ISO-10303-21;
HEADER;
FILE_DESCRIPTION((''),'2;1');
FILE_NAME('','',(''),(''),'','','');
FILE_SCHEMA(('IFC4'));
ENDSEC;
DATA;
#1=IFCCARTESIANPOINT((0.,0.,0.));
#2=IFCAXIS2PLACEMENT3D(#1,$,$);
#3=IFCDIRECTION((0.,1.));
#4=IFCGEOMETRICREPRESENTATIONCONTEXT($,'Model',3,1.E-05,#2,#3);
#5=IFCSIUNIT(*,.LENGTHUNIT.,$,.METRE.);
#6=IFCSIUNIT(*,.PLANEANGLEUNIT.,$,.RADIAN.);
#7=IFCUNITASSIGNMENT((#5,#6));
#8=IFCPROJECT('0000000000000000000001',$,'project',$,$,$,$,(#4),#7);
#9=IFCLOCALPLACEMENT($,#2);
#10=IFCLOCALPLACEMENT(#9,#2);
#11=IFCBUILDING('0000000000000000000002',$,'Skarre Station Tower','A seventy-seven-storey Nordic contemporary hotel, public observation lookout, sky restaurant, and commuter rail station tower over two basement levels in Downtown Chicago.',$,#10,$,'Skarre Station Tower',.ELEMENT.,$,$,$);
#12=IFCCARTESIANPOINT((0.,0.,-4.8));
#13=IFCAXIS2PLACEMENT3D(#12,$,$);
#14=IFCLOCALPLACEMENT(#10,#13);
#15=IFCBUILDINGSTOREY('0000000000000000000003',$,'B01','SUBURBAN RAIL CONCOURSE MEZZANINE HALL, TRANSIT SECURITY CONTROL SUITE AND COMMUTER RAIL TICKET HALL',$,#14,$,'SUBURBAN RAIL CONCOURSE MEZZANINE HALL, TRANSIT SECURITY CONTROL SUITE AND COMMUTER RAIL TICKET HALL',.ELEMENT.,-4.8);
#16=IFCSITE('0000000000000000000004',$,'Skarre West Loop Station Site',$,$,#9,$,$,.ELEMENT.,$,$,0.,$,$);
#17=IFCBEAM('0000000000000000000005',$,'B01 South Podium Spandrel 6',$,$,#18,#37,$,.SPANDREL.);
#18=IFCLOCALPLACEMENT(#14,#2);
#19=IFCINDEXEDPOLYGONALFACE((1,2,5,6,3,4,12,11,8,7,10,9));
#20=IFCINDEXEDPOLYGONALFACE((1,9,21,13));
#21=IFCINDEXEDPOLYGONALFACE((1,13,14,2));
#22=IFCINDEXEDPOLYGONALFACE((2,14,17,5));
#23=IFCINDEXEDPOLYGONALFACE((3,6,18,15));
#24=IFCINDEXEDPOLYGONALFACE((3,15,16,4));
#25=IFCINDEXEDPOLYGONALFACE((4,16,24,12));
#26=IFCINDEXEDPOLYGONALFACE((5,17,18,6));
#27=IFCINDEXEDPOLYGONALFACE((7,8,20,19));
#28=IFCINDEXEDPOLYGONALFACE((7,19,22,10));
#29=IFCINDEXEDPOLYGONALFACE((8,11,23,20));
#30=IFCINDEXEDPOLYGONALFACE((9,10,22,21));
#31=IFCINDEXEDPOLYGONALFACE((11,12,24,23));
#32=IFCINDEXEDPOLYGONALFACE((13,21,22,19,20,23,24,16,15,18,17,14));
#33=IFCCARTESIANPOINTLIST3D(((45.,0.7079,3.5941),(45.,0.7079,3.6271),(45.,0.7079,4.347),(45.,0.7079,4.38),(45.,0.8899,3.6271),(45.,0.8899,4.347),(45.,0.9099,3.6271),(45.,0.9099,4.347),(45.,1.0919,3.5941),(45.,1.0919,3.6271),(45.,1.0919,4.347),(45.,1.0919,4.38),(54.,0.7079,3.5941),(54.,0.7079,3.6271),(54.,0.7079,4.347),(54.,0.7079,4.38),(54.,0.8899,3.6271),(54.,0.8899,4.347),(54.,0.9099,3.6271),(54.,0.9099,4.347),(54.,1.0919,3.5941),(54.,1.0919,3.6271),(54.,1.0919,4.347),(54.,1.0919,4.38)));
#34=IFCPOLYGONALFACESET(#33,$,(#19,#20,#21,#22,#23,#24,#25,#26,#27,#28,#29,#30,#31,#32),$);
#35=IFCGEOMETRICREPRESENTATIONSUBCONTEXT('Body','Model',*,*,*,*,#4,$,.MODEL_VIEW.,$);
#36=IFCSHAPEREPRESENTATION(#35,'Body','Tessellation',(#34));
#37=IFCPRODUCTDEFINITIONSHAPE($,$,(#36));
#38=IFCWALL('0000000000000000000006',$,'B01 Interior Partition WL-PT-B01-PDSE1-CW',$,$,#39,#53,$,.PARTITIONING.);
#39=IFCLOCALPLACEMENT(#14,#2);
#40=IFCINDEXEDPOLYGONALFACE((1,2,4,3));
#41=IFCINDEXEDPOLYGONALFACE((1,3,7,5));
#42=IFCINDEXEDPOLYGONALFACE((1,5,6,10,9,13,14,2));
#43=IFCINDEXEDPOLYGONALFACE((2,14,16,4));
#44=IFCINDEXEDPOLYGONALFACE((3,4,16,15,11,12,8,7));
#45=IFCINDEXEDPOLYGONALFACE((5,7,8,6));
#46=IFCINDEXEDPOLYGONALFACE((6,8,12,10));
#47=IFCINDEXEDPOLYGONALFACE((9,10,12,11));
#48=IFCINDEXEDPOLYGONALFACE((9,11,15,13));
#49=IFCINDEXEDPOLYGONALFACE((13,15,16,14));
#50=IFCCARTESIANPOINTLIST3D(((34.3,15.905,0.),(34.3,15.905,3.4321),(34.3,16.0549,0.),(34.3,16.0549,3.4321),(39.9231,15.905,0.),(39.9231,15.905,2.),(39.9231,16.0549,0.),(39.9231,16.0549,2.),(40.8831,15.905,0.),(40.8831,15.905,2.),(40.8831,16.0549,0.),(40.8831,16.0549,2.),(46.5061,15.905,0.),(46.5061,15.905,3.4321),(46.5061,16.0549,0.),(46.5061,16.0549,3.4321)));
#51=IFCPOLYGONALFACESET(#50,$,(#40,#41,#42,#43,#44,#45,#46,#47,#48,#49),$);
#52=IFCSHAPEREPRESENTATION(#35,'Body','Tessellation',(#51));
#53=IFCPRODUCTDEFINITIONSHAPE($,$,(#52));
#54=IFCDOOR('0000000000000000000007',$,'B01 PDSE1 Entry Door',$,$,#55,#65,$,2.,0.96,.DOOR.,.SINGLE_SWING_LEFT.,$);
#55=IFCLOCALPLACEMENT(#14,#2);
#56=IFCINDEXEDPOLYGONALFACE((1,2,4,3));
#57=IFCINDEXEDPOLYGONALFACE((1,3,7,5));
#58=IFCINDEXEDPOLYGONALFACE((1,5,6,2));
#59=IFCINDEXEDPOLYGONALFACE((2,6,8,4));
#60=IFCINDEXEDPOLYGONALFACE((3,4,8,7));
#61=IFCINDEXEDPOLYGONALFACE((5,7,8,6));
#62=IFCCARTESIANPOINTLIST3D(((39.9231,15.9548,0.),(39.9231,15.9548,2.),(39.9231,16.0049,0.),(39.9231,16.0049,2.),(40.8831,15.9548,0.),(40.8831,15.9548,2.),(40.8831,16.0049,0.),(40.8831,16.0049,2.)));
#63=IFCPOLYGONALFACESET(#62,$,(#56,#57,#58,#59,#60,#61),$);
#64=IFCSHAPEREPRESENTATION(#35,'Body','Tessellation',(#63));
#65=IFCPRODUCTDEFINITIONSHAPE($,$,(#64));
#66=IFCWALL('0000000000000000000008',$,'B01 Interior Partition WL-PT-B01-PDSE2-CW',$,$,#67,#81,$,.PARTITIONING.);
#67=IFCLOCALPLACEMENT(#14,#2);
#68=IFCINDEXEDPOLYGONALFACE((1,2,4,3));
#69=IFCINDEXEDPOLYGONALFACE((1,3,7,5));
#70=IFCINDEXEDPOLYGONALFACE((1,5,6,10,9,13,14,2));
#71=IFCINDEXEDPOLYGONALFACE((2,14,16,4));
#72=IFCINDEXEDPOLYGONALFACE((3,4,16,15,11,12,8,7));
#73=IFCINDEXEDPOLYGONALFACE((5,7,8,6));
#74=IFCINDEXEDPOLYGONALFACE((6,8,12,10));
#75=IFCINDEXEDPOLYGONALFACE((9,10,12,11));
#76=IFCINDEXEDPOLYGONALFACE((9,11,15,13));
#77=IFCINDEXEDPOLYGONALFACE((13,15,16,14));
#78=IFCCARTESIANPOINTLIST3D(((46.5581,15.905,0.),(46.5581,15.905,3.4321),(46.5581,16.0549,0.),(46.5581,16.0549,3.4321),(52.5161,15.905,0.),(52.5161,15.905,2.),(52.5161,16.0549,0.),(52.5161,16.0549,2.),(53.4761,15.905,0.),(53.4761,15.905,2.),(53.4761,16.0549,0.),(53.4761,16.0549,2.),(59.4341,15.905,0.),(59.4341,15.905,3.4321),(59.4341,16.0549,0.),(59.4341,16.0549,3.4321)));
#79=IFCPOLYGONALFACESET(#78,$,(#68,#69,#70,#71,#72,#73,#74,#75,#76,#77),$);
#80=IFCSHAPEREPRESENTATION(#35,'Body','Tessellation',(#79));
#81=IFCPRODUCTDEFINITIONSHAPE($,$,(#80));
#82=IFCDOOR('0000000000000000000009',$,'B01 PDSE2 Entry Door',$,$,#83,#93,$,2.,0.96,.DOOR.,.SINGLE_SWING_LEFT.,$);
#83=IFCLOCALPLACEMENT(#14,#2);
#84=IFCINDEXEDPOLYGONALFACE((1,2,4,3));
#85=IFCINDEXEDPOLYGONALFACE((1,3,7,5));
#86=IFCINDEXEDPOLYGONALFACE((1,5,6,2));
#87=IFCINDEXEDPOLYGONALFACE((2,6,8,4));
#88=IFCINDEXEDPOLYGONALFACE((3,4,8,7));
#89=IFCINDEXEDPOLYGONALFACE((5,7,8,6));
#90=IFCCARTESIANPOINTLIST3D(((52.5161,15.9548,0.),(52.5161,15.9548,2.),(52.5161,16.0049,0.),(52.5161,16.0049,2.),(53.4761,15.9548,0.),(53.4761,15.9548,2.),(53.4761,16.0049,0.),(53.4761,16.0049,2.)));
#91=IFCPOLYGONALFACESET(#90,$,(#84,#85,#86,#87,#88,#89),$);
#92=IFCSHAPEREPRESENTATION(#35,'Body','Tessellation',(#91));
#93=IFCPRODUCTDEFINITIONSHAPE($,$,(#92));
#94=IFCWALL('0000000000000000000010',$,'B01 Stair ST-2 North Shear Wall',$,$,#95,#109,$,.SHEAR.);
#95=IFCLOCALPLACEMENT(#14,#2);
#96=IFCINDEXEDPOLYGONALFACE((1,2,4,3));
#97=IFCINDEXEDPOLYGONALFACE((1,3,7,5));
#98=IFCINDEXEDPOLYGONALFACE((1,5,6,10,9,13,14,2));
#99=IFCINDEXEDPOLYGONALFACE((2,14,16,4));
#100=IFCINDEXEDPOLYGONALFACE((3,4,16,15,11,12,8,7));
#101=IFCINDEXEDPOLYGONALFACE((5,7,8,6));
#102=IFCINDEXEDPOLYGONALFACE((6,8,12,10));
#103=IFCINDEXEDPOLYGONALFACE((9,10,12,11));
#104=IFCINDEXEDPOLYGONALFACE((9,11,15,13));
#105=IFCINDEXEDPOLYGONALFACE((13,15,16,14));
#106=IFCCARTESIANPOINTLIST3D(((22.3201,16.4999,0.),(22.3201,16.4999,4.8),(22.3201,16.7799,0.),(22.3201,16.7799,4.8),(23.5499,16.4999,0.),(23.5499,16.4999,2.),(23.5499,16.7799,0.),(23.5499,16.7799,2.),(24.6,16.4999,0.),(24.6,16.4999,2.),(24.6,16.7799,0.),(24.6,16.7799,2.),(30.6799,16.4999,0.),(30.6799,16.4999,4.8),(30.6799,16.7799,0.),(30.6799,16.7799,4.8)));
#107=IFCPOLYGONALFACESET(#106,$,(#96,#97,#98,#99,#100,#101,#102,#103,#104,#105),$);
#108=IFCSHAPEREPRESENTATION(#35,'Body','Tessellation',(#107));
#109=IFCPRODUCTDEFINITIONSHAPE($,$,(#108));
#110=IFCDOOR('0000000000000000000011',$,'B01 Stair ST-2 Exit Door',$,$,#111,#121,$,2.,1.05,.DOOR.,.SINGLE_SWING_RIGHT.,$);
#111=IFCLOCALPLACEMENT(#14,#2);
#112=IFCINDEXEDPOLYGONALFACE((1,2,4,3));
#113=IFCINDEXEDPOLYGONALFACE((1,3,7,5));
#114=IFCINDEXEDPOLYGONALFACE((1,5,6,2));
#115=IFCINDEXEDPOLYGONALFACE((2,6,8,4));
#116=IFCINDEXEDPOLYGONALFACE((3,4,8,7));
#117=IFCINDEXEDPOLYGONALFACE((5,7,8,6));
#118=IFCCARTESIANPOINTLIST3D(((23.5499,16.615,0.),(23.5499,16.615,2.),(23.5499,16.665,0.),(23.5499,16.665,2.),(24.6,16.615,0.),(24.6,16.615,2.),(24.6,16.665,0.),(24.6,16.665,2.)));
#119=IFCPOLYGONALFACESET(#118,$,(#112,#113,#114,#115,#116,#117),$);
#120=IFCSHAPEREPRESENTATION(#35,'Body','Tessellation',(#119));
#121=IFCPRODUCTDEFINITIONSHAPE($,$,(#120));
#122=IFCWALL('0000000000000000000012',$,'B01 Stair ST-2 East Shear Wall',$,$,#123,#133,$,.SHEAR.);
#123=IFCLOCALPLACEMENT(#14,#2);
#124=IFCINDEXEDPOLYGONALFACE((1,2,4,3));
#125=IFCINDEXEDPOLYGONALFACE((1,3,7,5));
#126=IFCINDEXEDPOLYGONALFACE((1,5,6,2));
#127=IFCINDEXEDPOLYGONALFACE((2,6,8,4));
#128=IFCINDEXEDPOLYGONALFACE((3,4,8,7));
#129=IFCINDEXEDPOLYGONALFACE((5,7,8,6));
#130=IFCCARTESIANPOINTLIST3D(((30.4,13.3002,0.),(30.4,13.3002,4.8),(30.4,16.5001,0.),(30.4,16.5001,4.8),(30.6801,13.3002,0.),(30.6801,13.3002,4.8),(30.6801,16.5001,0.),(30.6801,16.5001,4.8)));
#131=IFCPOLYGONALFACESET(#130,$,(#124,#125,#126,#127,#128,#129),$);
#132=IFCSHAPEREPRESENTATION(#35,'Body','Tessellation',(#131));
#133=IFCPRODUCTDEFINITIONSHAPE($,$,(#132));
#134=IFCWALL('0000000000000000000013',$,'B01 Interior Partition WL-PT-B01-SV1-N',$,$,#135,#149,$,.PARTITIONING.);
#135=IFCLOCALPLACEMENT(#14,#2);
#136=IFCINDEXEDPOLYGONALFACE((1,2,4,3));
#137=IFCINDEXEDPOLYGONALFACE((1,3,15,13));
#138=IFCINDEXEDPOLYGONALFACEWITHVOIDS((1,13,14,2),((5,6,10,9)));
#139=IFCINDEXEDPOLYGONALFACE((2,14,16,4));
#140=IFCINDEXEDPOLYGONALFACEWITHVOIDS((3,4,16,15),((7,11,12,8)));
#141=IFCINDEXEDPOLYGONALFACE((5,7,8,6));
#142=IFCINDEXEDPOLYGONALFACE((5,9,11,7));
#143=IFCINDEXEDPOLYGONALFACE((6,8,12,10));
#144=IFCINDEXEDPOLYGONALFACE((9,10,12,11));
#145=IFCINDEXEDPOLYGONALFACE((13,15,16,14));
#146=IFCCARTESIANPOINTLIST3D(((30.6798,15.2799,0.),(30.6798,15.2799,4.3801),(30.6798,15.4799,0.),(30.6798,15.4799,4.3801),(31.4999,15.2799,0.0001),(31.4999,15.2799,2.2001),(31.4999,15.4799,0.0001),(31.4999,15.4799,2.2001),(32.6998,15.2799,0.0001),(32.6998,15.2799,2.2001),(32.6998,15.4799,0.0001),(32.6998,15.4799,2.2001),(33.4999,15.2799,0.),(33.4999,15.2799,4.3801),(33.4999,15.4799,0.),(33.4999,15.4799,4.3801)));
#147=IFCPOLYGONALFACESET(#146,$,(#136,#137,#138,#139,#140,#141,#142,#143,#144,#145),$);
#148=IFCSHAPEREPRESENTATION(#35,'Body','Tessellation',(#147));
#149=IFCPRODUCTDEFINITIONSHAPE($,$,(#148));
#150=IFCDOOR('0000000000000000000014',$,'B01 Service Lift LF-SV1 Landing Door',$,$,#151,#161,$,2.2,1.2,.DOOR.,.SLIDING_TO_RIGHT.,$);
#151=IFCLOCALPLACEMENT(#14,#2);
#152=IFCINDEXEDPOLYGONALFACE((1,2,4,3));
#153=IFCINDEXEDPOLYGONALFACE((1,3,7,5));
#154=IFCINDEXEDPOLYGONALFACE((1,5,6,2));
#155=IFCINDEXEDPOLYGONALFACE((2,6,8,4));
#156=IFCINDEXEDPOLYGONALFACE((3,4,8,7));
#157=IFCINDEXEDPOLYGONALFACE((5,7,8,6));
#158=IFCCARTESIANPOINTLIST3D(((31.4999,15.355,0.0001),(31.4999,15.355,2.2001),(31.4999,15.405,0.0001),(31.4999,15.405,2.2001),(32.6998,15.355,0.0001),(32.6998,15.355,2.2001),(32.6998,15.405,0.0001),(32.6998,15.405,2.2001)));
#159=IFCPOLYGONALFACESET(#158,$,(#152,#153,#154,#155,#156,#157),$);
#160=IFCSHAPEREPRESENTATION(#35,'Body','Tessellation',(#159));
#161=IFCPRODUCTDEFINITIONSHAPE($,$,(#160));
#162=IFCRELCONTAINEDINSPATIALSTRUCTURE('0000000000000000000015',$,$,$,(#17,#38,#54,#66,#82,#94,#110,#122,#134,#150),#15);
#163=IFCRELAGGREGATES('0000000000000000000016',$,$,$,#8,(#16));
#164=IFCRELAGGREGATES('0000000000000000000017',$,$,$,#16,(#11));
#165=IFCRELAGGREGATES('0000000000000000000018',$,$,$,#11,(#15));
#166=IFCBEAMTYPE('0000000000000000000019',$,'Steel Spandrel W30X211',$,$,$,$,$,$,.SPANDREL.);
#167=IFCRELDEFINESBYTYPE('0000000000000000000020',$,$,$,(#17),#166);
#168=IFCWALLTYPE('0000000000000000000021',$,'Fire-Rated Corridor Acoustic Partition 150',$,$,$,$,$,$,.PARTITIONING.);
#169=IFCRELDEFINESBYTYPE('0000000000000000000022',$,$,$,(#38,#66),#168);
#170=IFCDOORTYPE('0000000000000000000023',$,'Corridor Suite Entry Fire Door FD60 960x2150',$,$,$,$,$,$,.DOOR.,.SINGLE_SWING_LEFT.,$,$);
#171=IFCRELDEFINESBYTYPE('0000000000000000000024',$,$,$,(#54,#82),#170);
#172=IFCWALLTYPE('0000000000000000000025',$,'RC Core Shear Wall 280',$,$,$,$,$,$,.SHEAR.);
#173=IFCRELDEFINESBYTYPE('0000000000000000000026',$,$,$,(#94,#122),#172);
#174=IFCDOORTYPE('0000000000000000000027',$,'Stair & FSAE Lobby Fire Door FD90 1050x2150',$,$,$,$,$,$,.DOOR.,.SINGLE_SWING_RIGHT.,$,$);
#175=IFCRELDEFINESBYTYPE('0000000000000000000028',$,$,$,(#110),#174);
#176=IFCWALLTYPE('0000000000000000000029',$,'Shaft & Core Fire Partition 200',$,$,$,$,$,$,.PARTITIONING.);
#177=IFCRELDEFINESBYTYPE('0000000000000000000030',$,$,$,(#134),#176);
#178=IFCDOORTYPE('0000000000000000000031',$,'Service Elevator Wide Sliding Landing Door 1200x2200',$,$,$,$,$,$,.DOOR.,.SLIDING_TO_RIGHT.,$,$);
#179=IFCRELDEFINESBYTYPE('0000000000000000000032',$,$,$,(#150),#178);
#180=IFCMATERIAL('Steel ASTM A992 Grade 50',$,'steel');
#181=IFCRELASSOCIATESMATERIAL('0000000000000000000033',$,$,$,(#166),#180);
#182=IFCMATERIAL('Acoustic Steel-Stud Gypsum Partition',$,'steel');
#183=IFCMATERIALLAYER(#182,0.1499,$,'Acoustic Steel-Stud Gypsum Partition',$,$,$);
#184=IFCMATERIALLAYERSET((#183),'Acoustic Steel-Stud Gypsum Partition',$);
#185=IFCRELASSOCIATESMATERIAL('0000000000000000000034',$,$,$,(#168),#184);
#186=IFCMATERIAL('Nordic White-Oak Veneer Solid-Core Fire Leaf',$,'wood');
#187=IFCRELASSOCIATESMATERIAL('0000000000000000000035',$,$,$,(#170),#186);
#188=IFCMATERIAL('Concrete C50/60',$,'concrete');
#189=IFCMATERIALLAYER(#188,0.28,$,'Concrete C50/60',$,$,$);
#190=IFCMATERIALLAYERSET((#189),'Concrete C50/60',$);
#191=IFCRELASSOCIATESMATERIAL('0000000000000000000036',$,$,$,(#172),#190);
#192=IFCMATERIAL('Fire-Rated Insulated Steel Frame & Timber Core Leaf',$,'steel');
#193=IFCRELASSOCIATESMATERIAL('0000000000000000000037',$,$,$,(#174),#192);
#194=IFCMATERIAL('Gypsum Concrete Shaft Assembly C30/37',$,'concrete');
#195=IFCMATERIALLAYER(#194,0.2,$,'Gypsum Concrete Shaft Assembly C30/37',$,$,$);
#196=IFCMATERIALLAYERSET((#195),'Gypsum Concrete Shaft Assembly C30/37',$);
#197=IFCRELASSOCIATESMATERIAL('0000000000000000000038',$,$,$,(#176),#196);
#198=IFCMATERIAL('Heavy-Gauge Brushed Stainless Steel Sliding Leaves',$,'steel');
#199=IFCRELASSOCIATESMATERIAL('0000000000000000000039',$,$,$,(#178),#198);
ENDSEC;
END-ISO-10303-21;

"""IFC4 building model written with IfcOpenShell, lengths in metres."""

from ifc_helpers import new_model, si_unit, direction, frame, frame_2d, origin, origin_2d, place, context, subcontext, project, spatial, rectangle, i_section, extrude, material, layer, layer_set, material_profile, profile_set, type_object, element, fill, save


model = new_model("IFC4")

# Units and contexts
model_context = context("Model", 3, precision=1e-05, world=origin(), true_north=direction((0.0, 1.0)))
body_context = subcontext(model_context, "Body", "Model", "MODEL_VIEW")
ifc_project = project(units=[si_unit("LENGTHUNIT", "METRE"), si_unit("PLANEANGLEUNIT", "RADIAN")], contexts=[model_context])

# Site, building, storey
site_placement = place(None, origin())
site = spatial("IfcSite", under=ifc_project, at=site_placement, Name="Skarre West Loop Station Site", CompositionType="ELEMENT", RefElevation=0.0)
building_placement = place(site_placement, origin())
building = spatial("IfcBuilding", under=site, at=building_placement, Name="Skarre Station Tower", Description="A seventy-seven-storey Nordic contemporary hotel, public observation lookout, sky restaurant, and commuter rail station tower over two basement levels in Downtown Chicago.", LongName="Skarre Station Tower", CompositionType="ELEMENT")
storey_placement = place(building_placement, frame((0.0, 0.0, -4.8)))
storey = spatial("IfcBuildingStorey", under=building, at=storey_placement, Name="B01", Description="SUBURBAN RAIL CONCOURSE MEZZANINE HALL, TRANSIT SECURITY CONTROL SUITE AND COMMUTER RAIL TICKET HALL", LongName="SUBURBAN RAIL CONCOURSE MEZZANINE HALL, TRANSIT SECURITY CONTROL SUITE AND COMMUTER RAIL TICKET HALL", CompositionType="ELEMENT", Elevation=-4.8)

# Beam
ifc_material_1 = material(Name="Steel ASTM A992 Grade 50", Category="steel")
ifc_material_profile_1 = material_profile(ifc_material_1, i_section(OverallWidth=0.384, OverallDepth=0.7859, WebThickness=0.02, FlangeThickness=0.033, at=origin_2d()), Name="Steel ASTM A992 Grade 50")
ifc_profile_set_1 = profile_set([ifc_material_profile_1], Name="Steel ASTM A992 Grade 50")
beam_type_1 = type_object("IfcBeamType", Name="Steel Spandrel W30X211", PredefinedType="SPANDREL", material=ifc_profile_set_1)
for number, where, z_axis, x_axis, name in (
    (1, (45.0, 0.8999, 3.9871), (1.0, 0.0, 0.0), (0.0, 1.0, 0.0), "B01 South Podium Spandrel 6"),
):
    element("IfcBeam", number, at=place(storey_placement, frame(where, z_axis=z_axis, x_axis=x_axis)), inside=storey, type_object=beam_type_1, Name=name, PredefinedType="SPANDREL", context=body_context, shape_type="SweptSolid", body=[
        extrude(i_section(OverallWidth=0.384, OverallDepth=0.7859, WebThickness=0.02, FlangeThickness=0.033, at=origin_2d()), origin(), (0.0, 0.0, 1.0), 9.0),
    ])

# Walls, openings, doors
ifc_material_2 = material(Name="Acoustic Steel-Stud Gypsum Partition", Category="steel")
ifc_layer_1 = layer(ifc_material_2, 0.1499, Name="Acoustic Steel-Stud Gypsum Partition")
ifc_layer_set_1 = layer_set([ifc_layer_1], Name="Acoustic Steel-Stud Gypsum Partition")
wall_type_1 = type_object("IfcWallType", Name="Fire-Rated Corridor Acoustic Partition 150", PredefinedType="PARTITIONING", material=ifc_layer_set_1)
wall_1_placement = place(storey_placement, frame((34.3, 15.98, 0.0), z_axis=(0.0, 0.0, 1.0), x_axis=(1.0, 0.0, 0.0)))
wall_1 = element("IfcWall", 2, at=wall_1_placement, inside=storey, type_object=wall_type_1, Name="B01 Interior Partition WL-PT-B01-PDSE1-CW", PredefinedType="PARTITIONING", context=body_context, shape_type="SweptSolid", body=[
    extrude(rectangle(XDim=12.2061, YDim=0.1499, at=frame_2d((6.103, 0.0))), origin(), (0.0, 0.0, 1.0), 3.4321),
])
opening_1_placement = place(wall_1_placement, frame((5.623, 0.0, 0.0)))
opening_1 = element("IfcOpeningElement", 3, at=opening_1_placement, cuts=wall_1, PredefinedType="OPENING", context=body_context, shape_type="SweptSolid", body=[
    extrude(rectangle(XDim=0.96, YDim=2.0, at=frame_2d((0.48, 1.0))), frame((0.0, 0.085, 0.0), z_axis=(0.0, -1.0, 0.0), x_axis=(1.0, 0.0, 0.0)), (0.0, 0.0, 1.0), 0.1699),
])
ifc_material_3 = material(Name="Nordic White-Oak Veneer Solid-Core Fire Leaf", Category="wood")
door_type_1 = type_object("IfcDoorType", Name="Corridor Suite Entry Fire Door FD60 960x2150", OperationType="SINGLE_SWING_LEFT", PredefinedType="DOOR", material=ifc_material_3)
door_1_placement = place(opening_1_placement, origin())
door_1 = element("IfcDoor", 4, at=door_1_placement, inside=storey, type_object=door_type_1, Name="B01 PDSE1 Entry Door", OperationType="SINGLE_SWING_LEFT", OverallHeight=2.0, OverallWidth=0.96, PredefinedType="DOOR", context=body_context, shape_type="SweptSolid", body=[
    extrude(rectangle(XDim=0.96, YDim=2.0, at=frame_2d((0.48, 1.0))), frame((0.0, 0.0249, 0.0), z_axis=(0.0, -1.0, 0.0), x_axis=(1.0, 0.0, 0.0)), (0.0, 0.0, 1.0), 0.05),
])
fill(opening_1, door_1)
wall_2_placement = place(storey_placement, frame((46.5581, 15.98, 0.0), z_axis=(0.0, 0.0, 1.0), x_axis=(1.0, 0.0, 0.0)))
wall_2 = element("IfcWall", 5, at=wall_2_placement, inside=storey, type_object=wall_type_1, Name="B01 Interior Partition WL-PT-B01-PDSE2-CW", PredefinedType="PARTITIONING", context=body_context, shape_type="SweptSolid", body=[
    extrude(rectangle(XDim=12.876, YDim=0.1499, at=frame_2d((6.438, 0.0))), origin(), (0.0, 0.0, 1.0), 3.4321),
])
opening_2_placement = place(wall_2_placement, frame((5.958, 0.0, 0.0)))
opening_2 = element("IfcOpeningElement", 6, at=opening_2_placement, cuts=wall_2, PredefinedType="OPENING", context=body_context, shape_type="SweptSolid", body=[
    extrude(rectangle(XDim=0.96, YDim=2.0, at=frame_2d((0.48, 1.0))), frame((0.0, 0.085, 0.0), z_axis=(0.0, -1.0, 0.0), x_axis=(1.0, 0.0, 0.0)), (0.0, 0.0, 1.0), 0.1699),
])
door_2_placement = place(opening_2_placement, origin())
door_2 = element("IfcDoor", 7, at=door_2_placement, inside=storey, type_object=door_type_1, Name="B01 PDSE2 Entry Door", OperationType="SINGLE_SWING_LEFT", OverallHeight=2.0, OverallWidth=0.96, PredefinedType="DOOR", context=body_context, shape_type="SweptSolid", body=[
    extrude(rectangle(XDim=0.96, YDim=2.0, at=frame_2d((0.48, 1.0))), frame((0.0, 0.0249, 0.0), z_axis=(0.0, -1.0, 0.0), x_axis=(1.0, 0.0, 0.0)), (0.0, 0.0, 1.0), 0.05),
])
fill(opening_2, door_2)
ifc_material_4 = material(Name="Concrete C50/60", Category="concrete")
ifc_layer_2 = layer(ifc_material_4, 0.28, Name="Concrete C50/60")
ifc_layer_set_2 = layer_set([ifc_layer_2], Name="Concrete C50/60")
wall_type_2 = type_object("IfcWallType", Name="RC Core Shear Wall 280", PredefinedType="SHEAR", material=ifc_layer_set_2)
wall_3_placement = place(storey_placement, frame((30.6799, 16.6399, 0.0), z_axis=(0.0, 0.0, 1.0), x_axis=(-1.0, 0.0, 0.0)))
wall_3 = element("IfcWall", 8, at=wall_3_placement, inside=storey, type_object=wall_type_2, Name="B01 Stair ST-2 North Shear Wall", PredefinedType="SHEAR", context=body_context, shape_type="SweptSolid", body=[
    extrude(rectangle(XDim=8.3599, YDim=0.28, at=frame_2d((4.1799, 0.0))), origin(), (0.0, 0.0, 1.0), 4.8),
])
opening_3_placement = place(wall_3_placement, frame((6.0801, 0.0, 0.0)))
opening_3 = element("IfcOpeningElement", 9, at=opening_3_placement, cuts=wall_3, PredefinedType="OPENING", context=body_context, shape_type="SweptSolid", body=[
    extrude(rectangle(XDim=1.05, YDim=2.0, at=frame_2d((0.5249, 1.0))), frame((0.0, 0.1499, 0.0), z_axis=(0.0, -1.0, 0.0), x_axis=(1.0, 0.0, 0.0)), (0.0, 0.0, 1.0), 0.3),
])
ifc_material_5 = material(Name="Fire-Rated Insulated Steel Frame & Timber Core Leaf", Category="steel")
door_type_2 = type_object("IfcDoorType", Name="Stair & FSAE Lobby Fire Door FD90 1050x2150", OperationType="SINGLE_SWING_RIGHT", PredefinedType="DOOR", material=ifc_material_5)
door_3_placement = place(opening_3_placement, origin())
door_3 = element("IfcDoor", 10, at=door_3_placement, inside=storey, type_object=door_type_2, Name="B01 Stair ST-2 Exit Door", OperationType="SINGLE_SWING_RIGHT", OverallHeight=2.0, OverallWidth=1.05, PredefinedType="DOOR", context=body_context, shape_type="SweptSolid", body=[
    extrude(rectangle(XDim=1.05, YDim=2.0, at=frame_2d((0.5249, 1.0))), frame((0.0, 0.0249, 0.0), z_axis=(0.0, -1.0, 0.0), x_axis=(1.0, 0.0, 0.0)), (0.0, 0.0, 1.0), 0.05),
])
fill(opening_3, door_3)

# Wall
wall_4_placement = place(storey_placement, frame((30.54, 13.3, 0.0), z_axis=(0.0, 0.0, 1.0), x_axis=(0.0, 1.0, 0.0)))
element("IfcWall", 11, at=wall_4_placement, inside=storey, type_object=wall_type_2, Name="B01 Stair ST-2 East Shear Wall", PredefinedType="SHEAR", context=body_context, shape_type="SweptSolid", body=[
    extrude(rectangle(XDim=3.2, YDim=0.28, at=frame_2d((1.6001, 0.0))), origin(), (0.0, 0.0, 1.0), 4.8),
])

# Wall, opening, door
ifc_material_6 = material(Name="Gypsum Concrete Shaft Assembly C30/37", Category="concrete")
ifc_layer_3 = layer(ifc_material_6, 0.2, Name="Gypsum Concrete Shaft Assembly C30/37")
ifc_layer_set_3 = layer_set([ifc_layer_3], Name="Gypsum Concrete Shaft Assembly C30/37")
wall_type_3 = type_object("IfcWallType", Name="Shaft & Core Fire Partition 200", PredefinedType="PARTITIONING", material=ifc_layer_set_3)
wall_5_placement = place(storey_placement, frame((33.5, 15.3799, 0.0), z_axis=(0.0, 0.0, 1.0), x_axis=(-1.0, 0.0, 0.0)))
wall_5 = element("IfcWall", 12, at=wall_5_placement, inside=storey, type_object=wall_type_3, Name="B01 Interior Partition WL-PT-B01-SV1-N", PredefinedType="PARTITIONING", context=body_context, shape_type="SweptSolid", body=[
    extrude(rectangle(XDim=2.8201, YDim=0.2, at=frame_2d((1.4102, 0.0))), origin(), (0.0, 0.0, 1.0), 4.3801),
])
opening_4_placement = place(wall_5_placement, frame((0.8, 0.0, 0.0)))
opening_4 = element("IfcOpeningElement", 13, at=opening_4_placement, cuts=wall_5, PredefinedType="OPENING", context=body_context, shape_type="SweptSolid", body=[
    extrude(rectangle(XDim=1.2, YDim=2.2, at=frame_2d((0.6001, 1.1001))), frame((0.0, 0.1099, 0.0), z_axis=(0.0, -1.0, 0.0), x_axis=(1.0, 0.0, 0.0)), (0.0, 0.0, 1.0), 0.22),
])
ifc_material_7 = material(Name="Heavy-Gauge Brushed Stainless Steel Sliding Leaves", Category="steel")
door_type_3 = type_object("IfcDoorType", Name="Service Elevator Wide Sliding Landing Door 1200x2200", OperationType="SLIDING_TO_RIGHT", PredefinedType="DOOR", material=ifc_material_7)
door_4_placement = place(opening_4_placement, origin())
door_4 = element("IfcDoor", 14, at=door_4_placement, inside=storey, type_object=door_type_3, Name="B01 Service Lift LF-SV1 Landing Door", OperationType="SLIDING_TO_RIGHT", OverallHeight=2.2, OverallWidth=1.2, PredefinedType="DOOR", context=body_context, shape_type="SweptSolid", body=[
    extrude(rectangle(XDim=1.2, YDim=2.2, at=frame_2d((0.6001, 1.1001))), frame((0.0, 0.0249, 0.0), z_axis=(0.0, -1.0, 0.0), x_axis=(1.0, 0.0, 0.0)), (0.0, 0.0, 1.0), 0.05),
])
fill(opening_4, door_4)

save(model, "model.ifc")
